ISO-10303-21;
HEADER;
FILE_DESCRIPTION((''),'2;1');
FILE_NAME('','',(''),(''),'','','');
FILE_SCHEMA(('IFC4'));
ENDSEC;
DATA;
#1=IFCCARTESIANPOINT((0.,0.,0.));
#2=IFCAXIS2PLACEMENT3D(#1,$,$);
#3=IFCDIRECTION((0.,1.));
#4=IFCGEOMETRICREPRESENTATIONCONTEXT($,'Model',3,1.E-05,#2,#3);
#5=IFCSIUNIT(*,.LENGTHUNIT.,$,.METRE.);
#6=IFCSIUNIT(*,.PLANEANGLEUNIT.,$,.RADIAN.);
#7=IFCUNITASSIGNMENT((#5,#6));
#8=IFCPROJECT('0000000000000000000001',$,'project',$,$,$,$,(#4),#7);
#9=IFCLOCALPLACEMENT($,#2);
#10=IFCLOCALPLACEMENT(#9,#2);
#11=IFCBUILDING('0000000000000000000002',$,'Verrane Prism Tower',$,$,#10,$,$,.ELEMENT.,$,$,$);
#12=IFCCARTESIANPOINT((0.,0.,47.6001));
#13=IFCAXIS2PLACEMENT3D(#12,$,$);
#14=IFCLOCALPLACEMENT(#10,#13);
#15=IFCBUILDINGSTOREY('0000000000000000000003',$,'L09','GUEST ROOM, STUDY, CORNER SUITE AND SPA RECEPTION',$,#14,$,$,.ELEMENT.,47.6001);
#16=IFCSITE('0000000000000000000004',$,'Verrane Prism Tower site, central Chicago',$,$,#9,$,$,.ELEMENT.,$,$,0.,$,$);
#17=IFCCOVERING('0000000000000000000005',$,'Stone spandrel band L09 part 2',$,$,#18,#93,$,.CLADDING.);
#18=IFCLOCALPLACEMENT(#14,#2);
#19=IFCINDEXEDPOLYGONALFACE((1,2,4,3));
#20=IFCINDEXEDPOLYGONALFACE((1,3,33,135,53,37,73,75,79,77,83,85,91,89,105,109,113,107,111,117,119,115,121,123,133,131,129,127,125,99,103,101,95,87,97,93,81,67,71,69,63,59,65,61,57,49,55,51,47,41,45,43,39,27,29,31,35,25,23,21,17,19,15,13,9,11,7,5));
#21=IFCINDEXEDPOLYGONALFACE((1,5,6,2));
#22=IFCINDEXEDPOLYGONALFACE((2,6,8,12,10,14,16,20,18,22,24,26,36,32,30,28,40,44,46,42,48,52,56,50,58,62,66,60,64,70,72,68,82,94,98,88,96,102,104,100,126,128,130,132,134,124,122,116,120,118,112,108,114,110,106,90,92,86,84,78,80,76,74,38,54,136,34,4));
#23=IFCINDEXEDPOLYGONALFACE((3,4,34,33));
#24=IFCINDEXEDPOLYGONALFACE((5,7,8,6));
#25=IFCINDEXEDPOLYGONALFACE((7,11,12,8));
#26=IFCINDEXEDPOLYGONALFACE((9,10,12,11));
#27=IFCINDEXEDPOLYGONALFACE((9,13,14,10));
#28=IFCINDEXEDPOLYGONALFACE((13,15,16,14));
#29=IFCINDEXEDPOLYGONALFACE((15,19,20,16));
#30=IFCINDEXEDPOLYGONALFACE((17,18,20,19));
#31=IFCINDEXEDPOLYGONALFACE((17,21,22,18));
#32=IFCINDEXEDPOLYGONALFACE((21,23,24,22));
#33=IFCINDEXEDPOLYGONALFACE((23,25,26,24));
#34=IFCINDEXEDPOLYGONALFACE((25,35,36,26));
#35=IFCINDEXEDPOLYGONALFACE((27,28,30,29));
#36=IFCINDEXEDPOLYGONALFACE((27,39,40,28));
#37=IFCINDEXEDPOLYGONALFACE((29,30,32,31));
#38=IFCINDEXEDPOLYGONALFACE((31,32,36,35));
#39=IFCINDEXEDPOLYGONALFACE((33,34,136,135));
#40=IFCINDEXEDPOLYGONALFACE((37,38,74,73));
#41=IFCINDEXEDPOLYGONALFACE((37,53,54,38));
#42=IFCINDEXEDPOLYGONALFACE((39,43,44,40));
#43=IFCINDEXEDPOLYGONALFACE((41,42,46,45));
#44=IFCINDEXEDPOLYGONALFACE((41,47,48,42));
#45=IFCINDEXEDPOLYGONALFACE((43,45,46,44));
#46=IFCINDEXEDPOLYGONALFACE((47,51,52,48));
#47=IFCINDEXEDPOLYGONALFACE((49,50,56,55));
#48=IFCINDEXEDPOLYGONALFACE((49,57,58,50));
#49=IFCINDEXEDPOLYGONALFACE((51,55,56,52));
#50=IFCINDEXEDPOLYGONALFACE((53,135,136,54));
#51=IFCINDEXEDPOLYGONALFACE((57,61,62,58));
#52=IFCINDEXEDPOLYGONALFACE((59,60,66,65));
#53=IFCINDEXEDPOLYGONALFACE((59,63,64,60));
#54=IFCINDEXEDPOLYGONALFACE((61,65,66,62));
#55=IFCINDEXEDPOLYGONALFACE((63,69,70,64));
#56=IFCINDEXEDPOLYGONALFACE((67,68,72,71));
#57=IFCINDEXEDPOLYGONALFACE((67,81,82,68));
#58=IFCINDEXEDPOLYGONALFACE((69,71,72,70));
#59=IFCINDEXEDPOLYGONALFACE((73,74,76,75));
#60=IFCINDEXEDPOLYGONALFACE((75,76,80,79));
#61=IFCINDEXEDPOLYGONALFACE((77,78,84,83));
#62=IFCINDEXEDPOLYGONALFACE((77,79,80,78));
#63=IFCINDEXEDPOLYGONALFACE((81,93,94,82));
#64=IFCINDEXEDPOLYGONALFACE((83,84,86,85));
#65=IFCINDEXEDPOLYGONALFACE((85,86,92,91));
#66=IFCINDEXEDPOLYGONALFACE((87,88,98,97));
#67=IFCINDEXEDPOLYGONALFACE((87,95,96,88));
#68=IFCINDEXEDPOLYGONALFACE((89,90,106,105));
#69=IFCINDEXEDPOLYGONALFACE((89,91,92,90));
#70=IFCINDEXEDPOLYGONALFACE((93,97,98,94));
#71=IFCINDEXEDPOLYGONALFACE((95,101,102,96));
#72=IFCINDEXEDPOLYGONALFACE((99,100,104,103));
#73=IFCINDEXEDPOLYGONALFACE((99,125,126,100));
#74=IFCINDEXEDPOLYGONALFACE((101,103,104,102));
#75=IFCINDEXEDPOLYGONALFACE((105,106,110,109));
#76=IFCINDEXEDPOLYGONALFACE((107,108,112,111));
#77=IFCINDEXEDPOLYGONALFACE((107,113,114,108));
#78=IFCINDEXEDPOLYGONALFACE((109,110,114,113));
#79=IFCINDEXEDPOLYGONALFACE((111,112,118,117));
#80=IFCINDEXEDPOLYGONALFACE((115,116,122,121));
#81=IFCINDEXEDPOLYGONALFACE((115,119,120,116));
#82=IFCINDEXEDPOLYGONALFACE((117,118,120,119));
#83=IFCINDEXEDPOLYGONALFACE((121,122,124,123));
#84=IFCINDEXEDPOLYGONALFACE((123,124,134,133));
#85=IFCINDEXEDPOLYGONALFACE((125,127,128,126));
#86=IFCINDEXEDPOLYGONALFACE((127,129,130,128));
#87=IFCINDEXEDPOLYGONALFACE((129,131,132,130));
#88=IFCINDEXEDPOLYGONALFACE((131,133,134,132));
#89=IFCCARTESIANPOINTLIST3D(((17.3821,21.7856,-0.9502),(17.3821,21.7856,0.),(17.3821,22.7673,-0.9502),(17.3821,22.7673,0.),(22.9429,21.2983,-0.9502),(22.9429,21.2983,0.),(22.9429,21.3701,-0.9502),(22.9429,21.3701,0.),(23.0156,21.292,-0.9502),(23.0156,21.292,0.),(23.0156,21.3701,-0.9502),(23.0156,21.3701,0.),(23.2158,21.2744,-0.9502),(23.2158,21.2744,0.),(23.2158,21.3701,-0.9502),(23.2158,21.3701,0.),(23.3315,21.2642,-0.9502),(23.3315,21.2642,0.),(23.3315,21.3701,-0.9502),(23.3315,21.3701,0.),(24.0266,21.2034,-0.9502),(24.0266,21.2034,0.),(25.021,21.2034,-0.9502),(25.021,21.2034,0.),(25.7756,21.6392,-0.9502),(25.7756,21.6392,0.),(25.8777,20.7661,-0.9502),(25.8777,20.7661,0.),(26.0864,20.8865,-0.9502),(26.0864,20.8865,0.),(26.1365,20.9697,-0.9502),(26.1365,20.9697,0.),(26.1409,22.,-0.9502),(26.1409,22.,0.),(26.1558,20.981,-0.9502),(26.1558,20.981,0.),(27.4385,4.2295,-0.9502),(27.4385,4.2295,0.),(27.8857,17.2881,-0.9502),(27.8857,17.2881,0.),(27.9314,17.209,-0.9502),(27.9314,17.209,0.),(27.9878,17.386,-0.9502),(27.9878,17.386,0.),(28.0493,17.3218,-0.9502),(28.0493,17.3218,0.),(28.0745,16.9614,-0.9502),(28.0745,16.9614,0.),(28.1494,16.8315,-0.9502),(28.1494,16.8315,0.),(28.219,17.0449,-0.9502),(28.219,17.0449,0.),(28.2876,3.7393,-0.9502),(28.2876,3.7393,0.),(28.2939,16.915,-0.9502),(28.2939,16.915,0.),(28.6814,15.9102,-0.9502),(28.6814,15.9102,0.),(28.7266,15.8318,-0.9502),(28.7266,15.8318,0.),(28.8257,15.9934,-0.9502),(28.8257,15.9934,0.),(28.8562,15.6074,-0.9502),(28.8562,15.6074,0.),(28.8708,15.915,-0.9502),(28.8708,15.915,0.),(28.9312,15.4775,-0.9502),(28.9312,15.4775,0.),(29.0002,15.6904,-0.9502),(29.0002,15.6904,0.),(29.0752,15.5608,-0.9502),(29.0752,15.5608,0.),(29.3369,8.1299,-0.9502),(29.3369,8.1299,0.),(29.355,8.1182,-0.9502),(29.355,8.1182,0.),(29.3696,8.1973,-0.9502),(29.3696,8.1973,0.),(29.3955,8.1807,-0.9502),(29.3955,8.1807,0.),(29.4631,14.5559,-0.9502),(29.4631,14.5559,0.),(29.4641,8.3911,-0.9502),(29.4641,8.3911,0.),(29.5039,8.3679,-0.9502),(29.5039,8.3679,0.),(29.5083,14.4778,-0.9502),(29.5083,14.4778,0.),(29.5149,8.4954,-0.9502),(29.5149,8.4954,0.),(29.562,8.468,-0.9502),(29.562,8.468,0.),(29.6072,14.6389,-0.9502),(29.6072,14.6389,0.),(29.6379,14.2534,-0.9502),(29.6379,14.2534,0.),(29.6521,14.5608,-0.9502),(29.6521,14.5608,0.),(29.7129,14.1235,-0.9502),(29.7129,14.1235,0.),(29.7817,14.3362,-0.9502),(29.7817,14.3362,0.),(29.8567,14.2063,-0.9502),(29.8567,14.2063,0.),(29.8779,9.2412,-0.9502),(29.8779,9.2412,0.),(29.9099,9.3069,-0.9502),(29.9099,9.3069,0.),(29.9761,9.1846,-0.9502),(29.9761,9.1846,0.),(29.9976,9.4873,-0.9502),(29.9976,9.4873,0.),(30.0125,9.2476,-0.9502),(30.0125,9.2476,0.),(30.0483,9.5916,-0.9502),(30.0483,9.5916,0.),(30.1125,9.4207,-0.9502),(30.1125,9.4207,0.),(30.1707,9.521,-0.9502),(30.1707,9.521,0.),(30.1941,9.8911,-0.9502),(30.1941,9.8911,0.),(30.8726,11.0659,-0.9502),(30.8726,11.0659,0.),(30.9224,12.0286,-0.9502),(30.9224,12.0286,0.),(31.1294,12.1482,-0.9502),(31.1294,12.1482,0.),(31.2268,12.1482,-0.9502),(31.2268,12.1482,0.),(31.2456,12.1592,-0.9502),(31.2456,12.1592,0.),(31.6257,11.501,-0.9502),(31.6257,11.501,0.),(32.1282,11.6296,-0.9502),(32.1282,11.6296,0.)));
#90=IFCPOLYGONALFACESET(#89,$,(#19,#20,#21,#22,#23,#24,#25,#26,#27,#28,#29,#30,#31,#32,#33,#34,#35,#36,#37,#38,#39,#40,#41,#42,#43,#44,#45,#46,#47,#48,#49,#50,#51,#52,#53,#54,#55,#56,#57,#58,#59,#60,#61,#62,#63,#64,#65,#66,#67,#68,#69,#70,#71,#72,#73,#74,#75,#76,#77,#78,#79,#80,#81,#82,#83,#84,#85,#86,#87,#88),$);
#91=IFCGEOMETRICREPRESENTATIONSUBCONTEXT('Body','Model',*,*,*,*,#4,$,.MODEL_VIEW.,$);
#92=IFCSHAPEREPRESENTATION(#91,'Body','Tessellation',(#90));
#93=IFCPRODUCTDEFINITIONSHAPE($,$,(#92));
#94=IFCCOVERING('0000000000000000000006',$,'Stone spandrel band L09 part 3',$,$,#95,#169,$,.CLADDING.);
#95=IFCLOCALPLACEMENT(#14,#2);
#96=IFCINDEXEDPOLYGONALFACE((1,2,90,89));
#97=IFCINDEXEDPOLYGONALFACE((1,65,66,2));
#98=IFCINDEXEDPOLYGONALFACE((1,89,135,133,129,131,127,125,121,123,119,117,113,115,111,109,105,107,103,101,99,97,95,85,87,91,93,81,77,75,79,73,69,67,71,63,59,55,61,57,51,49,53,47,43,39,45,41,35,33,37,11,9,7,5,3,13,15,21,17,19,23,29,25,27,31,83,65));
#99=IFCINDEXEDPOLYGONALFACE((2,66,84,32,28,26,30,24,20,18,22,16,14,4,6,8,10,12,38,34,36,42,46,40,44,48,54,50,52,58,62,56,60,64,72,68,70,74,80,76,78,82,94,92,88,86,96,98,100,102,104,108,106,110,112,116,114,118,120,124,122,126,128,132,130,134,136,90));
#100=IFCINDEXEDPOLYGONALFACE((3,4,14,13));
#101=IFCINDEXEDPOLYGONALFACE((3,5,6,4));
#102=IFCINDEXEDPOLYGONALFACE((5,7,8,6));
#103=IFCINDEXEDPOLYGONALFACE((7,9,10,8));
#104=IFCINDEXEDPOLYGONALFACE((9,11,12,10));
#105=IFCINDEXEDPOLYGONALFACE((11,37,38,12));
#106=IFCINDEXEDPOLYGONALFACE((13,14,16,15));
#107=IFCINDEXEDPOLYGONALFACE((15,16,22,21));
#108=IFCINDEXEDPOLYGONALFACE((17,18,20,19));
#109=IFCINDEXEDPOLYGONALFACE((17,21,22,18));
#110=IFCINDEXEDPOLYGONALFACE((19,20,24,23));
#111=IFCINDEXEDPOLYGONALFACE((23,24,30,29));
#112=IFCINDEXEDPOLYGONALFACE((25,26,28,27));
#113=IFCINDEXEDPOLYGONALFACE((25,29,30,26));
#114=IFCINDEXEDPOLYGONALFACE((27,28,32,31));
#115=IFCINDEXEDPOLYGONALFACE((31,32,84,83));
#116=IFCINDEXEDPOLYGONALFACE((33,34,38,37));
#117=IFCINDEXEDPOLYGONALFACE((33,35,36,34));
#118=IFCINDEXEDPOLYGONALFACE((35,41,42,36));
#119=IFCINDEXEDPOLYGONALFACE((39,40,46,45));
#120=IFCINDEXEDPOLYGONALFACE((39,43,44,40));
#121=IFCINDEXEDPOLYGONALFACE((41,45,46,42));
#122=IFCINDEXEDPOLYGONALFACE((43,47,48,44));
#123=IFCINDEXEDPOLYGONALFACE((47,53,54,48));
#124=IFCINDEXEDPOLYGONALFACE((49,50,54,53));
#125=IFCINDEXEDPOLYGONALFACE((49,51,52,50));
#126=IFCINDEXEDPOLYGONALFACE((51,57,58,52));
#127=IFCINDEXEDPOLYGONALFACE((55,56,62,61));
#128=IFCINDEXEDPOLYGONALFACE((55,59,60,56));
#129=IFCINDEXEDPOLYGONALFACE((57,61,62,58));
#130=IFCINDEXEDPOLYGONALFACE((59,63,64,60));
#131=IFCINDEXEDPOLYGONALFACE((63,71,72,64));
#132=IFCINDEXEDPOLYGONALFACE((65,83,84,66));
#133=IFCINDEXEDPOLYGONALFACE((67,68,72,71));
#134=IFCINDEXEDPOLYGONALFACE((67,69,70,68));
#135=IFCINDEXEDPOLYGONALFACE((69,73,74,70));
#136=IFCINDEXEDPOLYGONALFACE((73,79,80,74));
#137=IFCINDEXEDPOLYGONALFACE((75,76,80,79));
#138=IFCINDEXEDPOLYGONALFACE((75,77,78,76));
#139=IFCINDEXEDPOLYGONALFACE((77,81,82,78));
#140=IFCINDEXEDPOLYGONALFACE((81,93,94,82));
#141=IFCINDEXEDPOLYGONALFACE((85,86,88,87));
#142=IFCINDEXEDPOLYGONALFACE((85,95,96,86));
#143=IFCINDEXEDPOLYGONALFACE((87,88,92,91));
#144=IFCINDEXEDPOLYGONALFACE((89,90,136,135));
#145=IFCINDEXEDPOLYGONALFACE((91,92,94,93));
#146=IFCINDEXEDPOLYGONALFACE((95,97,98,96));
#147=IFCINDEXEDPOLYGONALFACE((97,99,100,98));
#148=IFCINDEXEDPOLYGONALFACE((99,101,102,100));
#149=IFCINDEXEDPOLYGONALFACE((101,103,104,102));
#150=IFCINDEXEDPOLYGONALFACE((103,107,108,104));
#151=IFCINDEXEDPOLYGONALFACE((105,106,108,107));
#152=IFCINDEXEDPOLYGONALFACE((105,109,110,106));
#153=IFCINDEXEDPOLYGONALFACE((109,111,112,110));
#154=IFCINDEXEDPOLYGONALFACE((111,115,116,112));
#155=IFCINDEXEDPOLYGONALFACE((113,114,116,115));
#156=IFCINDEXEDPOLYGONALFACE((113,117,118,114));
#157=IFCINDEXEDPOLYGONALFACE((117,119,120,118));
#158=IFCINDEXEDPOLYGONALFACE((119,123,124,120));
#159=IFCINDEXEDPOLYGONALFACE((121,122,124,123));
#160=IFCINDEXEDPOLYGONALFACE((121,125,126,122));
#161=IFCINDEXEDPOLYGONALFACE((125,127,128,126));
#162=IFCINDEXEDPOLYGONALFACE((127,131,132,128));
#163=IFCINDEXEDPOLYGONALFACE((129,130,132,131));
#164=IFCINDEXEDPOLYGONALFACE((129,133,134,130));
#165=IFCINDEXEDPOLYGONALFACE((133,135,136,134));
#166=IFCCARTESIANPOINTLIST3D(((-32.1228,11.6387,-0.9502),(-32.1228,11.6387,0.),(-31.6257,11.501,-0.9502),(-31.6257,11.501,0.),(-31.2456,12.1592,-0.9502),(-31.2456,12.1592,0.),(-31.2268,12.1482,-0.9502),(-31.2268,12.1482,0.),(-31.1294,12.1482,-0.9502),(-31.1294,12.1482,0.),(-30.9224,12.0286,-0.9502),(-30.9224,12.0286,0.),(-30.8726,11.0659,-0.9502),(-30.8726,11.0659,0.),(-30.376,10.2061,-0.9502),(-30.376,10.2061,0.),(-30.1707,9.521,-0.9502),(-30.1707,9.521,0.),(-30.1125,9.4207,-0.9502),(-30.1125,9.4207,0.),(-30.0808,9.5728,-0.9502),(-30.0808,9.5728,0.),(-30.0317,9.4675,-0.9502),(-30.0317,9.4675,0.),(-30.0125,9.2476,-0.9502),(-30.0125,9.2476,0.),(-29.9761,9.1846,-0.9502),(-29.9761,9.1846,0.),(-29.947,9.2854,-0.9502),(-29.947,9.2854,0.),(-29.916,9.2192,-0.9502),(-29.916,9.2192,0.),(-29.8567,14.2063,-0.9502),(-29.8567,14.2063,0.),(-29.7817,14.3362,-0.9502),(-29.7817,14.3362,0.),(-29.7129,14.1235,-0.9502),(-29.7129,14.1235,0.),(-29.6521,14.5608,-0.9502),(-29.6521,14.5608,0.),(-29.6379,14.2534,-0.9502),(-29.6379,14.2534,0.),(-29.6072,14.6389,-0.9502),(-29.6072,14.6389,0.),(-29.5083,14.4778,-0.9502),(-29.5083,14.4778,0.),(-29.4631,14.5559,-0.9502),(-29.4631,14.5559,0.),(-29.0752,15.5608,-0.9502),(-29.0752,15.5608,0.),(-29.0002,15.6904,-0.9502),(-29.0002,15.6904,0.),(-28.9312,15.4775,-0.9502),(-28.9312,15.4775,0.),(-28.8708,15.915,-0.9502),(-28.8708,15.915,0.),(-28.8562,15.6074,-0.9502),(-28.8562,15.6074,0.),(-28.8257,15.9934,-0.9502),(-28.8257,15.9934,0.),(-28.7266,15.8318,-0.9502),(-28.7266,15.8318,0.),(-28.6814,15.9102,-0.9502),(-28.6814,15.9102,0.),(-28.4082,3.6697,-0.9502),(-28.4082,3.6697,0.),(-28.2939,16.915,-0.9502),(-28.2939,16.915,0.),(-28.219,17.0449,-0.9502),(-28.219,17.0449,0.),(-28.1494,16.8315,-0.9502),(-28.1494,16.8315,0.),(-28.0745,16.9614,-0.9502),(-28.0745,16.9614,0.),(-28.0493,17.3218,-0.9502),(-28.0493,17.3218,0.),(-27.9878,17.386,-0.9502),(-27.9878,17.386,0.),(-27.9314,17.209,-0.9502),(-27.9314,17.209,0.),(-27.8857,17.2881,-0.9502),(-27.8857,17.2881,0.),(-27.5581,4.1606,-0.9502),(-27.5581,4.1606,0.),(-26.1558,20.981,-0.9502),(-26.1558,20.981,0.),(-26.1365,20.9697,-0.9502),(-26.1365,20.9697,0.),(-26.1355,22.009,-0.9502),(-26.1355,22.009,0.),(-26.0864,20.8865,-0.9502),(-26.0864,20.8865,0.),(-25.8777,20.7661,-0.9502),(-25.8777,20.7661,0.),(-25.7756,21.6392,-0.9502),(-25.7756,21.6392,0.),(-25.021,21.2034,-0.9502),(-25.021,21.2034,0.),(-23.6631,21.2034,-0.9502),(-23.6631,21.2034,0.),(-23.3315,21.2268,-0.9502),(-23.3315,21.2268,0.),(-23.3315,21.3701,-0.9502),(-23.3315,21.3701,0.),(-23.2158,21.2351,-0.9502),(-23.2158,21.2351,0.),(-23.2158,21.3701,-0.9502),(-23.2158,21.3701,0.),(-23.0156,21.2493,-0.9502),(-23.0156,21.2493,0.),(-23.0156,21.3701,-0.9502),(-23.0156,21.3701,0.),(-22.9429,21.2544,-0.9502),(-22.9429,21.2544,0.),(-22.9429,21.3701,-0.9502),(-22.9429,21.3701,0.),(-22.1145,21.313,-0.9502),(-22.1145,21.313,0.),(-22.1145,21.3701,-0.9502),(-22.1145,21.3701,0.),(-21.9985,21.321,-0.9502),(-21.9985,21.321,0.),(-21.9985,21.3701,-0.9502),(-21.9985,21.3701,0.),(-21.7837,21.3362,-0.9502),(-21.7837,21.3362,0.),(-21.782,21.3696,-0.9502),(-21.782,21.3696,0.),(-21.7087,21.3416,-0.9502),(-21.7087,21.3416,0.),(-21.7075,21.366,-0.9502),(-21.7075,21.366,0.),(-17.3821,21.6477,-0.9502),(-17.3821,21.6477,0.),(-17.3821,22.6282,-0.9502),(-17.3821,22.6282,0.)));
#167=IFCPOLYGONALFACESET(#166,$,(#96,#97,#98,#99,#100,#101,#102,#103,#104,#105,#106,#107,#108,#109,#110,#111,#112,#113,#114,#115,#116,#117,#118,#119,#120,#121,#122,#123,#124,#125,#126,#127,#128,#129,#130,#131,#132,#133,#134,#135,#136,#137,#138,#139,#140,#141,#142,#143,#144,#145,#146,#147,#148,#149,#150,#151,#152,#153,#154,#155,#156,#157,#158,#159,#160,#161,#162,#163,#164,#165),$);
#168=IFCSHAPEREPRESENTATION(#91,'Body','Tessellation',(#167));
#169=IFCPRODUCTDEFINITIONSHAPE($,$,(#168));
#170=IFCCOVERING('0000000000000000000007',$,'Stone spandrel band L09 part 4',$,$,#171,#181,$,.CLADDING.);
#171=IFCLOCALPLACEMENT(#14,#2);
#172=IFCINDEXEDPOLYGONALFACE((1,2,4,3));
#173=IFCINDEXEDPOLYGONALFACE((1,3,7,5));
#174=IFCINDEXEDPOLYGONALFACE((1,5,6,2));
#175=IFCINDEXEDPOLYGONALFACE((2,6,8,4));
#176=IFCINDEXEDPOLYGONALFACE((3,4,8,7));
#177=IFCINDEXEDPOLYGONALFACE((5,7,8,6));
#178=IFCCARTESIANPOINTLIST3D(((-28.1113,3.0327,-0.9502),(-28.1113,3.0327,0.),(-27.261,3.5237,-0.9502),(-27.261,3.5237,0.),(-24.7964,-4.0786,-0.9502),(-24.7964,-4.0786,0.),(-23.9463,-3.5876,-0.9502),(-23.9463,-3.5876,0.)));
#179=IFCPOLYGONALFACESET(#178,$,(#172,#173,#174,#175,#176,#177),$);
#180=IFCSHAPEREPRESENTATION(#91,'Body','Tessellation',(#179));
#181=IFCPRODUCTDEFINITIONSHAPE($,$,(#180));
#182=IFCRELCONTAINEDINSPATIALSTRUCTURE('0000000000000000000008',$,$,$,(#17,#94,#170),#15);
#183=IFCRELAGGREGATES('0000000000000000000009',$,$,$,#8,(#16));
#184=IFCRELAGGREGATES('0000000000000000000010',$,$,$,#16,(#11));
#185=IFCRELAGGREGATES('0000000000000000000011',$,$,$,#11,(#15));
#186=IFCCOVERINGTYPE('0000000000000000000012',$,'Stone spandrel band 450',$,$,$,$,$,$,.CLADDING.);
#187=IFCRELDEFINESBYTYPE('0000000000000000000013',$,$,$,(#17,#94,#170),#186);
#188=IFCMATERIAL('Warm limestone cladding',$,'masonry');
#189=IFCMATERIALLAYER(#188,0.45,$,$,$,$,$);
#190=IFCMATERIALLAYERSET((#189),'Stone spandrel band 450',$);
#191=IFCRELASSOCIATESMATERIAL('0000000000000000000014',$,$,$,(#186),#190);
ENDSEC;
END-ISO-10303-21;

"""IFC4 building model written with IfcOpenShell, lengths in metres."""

from ifc_helpers import new_model, si_unit, direction, frame, origin, place, context, subcontext, project, spatial, polyline, outline, extrude, material, layer, layer_set, type_object, element, save


model = new_model("IFC4")

# Units and contexts
model_context = context("Model", 3, precision=1e-05, world=origin(), true_north=direction((0.0, 1.0)))
body_context = subcontext(model_context, "Body", "Model", "MODEL_VIEW")
ifc_project = project(units=[si_unit("LENGTHUNIT", "METRE"), si_unit("PLANEANGLEUNIT", "RADIAN")], contexts=[model_context])

# Site, building, storey
site_placement = place(None, origin())
site = spatial("IfcSite", under=ifc_project, at=site_placement, Name="Verrane Prism Tower site, central Chicago", CompositionType="ELEMENT", RefElevation=0.0)
building_placement = place(site_placement, origin())
building = spatial("IfcBuilding", under=site, at=building_placement, Name="Verrane Prism Tower", CompositionType="ELEMENT")
storey_placement = place(building_placement, frame((0.0, 0.0, 47.6001)))
storey = spatial("IfcBuildingStorey", under=building, at=storey_placement, Name="L09", Description="GUEST ROOM, STUDY, CORNER SUITE AND SPA RECEPTION", CompositionType="ELEMENT", Elevation=47.6001)

# Coverings
ifc_material_1 = material(Name="Warm limestone cladding", Category="masonry")
ifc_layer_1 = layer(ifc_material_1, 0.45)
ifc_layer_set_1 = layer_set([ifc_layer_1], Name="Stone spandrel band 450")
covering_type_1 = type_object("IfcCoveringType", Name="Stone spandrel band 450", PredefinedType="CLADDING", material=ifc_layer_set_1)
covering_1_placement = place(storey_placement, frame((0.0, 0.0, -0.9502)))
element("IfcCovering", 1, at=covering_1_placement, inside=storey, type_object=covering_type_1, Name="Stone spandrel band L09 part 2", PredefinedType="CLADDING", context=body_context, shape_type="SweptSolid", body=[
    extrude(outline(polyline([(17.3821, 21.7856), (22.9429, 21.2983), (22.9429, 21.3701), (23.0156, 21.3701), (23.0156, 21.292), (23.2158, 21.2744), (23.2158, 21.3701), (23.3315, 21.3701), (23.3315, 21.2642), (24.0266, 21.2034), (25.021, 21.2034), (25.7756, 21.6392), (26.1558, 20.981), (26.1365, 20.9697), (26.0864, 20.8865), (25.8777, 20.7661), (27.8857, 17.2881), (27.9878, 17.386), (28.0493, 17.3218), (27.9314, 17.209), (28.0745, 16.9614), (28.219, 17.0449), (28.2939, 16.915), (28.1494, 16.8315), (28.6814, 15.9102), (28.8257, 15.9934), (28.8708, 15.915), (28.7266, 15.8318), (28.8562, 15.6074), (29.0002, 15.6904), (29.0752, 15.5608), (28.9312, 15.4775), (29.4631, 14.5559), (29.6072, 14.6389), (29.6521, 14.5608), (29.5083, 14.4778), (29.6379, 14.2534), (29.7817, 14.3362), (29.8567, 14.2063), (29.7129, 14.1235), (30.9224, 12.0286), (31.1294, 12.1482), (31.2268, 12.1482), (31.2456, 12.1592), (31.6257, 11.501), (30.8726, 11.0659), (30.1941, 9.8911), (30.0483, 9.5916), (30.1707, 9.521), (30.1125, 9.4207), (29.9976, 9.4873), (29.9099, 9.3069), (30.0125, 9.2476), (29.9761, 9.1846), (29.8779, 9.2412), (29.5149, 8.4954), (29.562, 8.468), (29.5039, 8.3679), (29.4641, 8.3911), (29.3696, 8.1973), (29.3955, 8.1807), (29.355, 8.1182), (29.3369, 8.1299), (27.4385, 4.2295), (28.2876, 3.7393), (32.1282, 11.6296), (26.1409, 22.0), (17.3821, 22.7673), (17.3821, 21.7856)])), origin(), (0.0, 0.0, 1.0), 0.9502),
])
covering_2_placement = place(storey_placement, frame((0.0, 0.0, -0.9502)))
element("IfcCovering", 2, at=covering_2_placement, inside=storey, type_object=covering_type_1, Name="Stone spandrel band L09 part 3", PredefinedType="CLADDING", context=body_context, shape_type="SweptSolid", body=[
    extrude(outline(polyline([(-27.5581, 4.1606), (-29.916, 9.2192), (-29.9761, 9.1846), (-30.0125, 9.2476), (-29.947, 9.2854), (-30.0317, 9.4675), (-30.1125, 9.4207), (-30.1707, 9.521), (-30.0808, 9.5728), (-30.376, 10.2061), (-30.8726, 11.0659), (-31.6257, 11.501), (-31.2456, 12.1592), (-31.2268, 12.1482), (-31.1294, 12.1482), (-30.9224, 12.0286), (-29.7129, 14.1235), (-29.8567, 14.2063), (-29.7817, 14.3362), (-29.6379, 14.2534), (-29.5083, 14.4778), (-29.6521, 14.5608), (-29.6072, 14.6389), (-29.4631, 14.5559), (-28.9312, 15.4775), (-29.0752, 15.5608), (-29.0002, 15.6904), (-28.8562, 15.6074), (-28.7266, 15.8318), (-28.8708, 15.915), (-28.8257, 15.9934), (-28.6814, 15.9102), (-28.1494, 16.8315), (-28.2939, 16.915), (-28.219, 17.0449), (-28.0745, 16.9614), (-27.9314, 17.209), (-28.0493, 17.3218), (-27.9878, 17.386), (-27.8857, 17.2881), (-25.8777, 20.7661), (-26.0864, 20.8865), (-26.1365, 20.9697), (-26.1558, 20.981), (-25.7756, 21.6392), (-25.021, 21.2034), (-23.6631, 21.2034), (-23.3315, 21.2268), (-23.3315, 21.3701), (-23.2158, 21.3701), (-23.2158, 21.2351), (-23.0156, 21.2493), (-23.0156, 21.3701), (-22.9429, 21.3701), (-22.9429, 21.2544), (-22.1145, 21.313), (-22.1145, 21.3701), (-21.9985, 21.3701), (-21.9985, 21.321), (-21.7837, 21.3362), (-21.782, 21.3696), (-21.7075, 21.366), (-21.7087, 21.3416), (-17.3821, 21.6477), (-17.3821, 22.6282), (-26.1355, 22.009), (-32.1228, 11.6387), (-28.4082, 3.6697), (-27.5581, 4.1606)])), origin(), (0.0, 0.0, 1.0), 0.9502),
])
covering_3_placement = place(storey_placement, frame((0.0, 0.0, -0.9502)))
element("IfcCovering", 3, at=covering_3_placement, inside=storey, type_object=covering_type_1, Name="Stone spandrel band L09 part 4", PredefinedType="CLADDING", context=body_context, shape_type="SweptSolid", body=[
    extrude(outline(polyline([(-23.9463, -3.5876), (-27.261, 3.5237), (-28.1113, 3.0327), (-24.7964, -4.0786), (-23.9463, -3.5876)])), origin(), (0.0, 0.0, 1.0), 0.9502),
])

save(model, "model.ifc")
